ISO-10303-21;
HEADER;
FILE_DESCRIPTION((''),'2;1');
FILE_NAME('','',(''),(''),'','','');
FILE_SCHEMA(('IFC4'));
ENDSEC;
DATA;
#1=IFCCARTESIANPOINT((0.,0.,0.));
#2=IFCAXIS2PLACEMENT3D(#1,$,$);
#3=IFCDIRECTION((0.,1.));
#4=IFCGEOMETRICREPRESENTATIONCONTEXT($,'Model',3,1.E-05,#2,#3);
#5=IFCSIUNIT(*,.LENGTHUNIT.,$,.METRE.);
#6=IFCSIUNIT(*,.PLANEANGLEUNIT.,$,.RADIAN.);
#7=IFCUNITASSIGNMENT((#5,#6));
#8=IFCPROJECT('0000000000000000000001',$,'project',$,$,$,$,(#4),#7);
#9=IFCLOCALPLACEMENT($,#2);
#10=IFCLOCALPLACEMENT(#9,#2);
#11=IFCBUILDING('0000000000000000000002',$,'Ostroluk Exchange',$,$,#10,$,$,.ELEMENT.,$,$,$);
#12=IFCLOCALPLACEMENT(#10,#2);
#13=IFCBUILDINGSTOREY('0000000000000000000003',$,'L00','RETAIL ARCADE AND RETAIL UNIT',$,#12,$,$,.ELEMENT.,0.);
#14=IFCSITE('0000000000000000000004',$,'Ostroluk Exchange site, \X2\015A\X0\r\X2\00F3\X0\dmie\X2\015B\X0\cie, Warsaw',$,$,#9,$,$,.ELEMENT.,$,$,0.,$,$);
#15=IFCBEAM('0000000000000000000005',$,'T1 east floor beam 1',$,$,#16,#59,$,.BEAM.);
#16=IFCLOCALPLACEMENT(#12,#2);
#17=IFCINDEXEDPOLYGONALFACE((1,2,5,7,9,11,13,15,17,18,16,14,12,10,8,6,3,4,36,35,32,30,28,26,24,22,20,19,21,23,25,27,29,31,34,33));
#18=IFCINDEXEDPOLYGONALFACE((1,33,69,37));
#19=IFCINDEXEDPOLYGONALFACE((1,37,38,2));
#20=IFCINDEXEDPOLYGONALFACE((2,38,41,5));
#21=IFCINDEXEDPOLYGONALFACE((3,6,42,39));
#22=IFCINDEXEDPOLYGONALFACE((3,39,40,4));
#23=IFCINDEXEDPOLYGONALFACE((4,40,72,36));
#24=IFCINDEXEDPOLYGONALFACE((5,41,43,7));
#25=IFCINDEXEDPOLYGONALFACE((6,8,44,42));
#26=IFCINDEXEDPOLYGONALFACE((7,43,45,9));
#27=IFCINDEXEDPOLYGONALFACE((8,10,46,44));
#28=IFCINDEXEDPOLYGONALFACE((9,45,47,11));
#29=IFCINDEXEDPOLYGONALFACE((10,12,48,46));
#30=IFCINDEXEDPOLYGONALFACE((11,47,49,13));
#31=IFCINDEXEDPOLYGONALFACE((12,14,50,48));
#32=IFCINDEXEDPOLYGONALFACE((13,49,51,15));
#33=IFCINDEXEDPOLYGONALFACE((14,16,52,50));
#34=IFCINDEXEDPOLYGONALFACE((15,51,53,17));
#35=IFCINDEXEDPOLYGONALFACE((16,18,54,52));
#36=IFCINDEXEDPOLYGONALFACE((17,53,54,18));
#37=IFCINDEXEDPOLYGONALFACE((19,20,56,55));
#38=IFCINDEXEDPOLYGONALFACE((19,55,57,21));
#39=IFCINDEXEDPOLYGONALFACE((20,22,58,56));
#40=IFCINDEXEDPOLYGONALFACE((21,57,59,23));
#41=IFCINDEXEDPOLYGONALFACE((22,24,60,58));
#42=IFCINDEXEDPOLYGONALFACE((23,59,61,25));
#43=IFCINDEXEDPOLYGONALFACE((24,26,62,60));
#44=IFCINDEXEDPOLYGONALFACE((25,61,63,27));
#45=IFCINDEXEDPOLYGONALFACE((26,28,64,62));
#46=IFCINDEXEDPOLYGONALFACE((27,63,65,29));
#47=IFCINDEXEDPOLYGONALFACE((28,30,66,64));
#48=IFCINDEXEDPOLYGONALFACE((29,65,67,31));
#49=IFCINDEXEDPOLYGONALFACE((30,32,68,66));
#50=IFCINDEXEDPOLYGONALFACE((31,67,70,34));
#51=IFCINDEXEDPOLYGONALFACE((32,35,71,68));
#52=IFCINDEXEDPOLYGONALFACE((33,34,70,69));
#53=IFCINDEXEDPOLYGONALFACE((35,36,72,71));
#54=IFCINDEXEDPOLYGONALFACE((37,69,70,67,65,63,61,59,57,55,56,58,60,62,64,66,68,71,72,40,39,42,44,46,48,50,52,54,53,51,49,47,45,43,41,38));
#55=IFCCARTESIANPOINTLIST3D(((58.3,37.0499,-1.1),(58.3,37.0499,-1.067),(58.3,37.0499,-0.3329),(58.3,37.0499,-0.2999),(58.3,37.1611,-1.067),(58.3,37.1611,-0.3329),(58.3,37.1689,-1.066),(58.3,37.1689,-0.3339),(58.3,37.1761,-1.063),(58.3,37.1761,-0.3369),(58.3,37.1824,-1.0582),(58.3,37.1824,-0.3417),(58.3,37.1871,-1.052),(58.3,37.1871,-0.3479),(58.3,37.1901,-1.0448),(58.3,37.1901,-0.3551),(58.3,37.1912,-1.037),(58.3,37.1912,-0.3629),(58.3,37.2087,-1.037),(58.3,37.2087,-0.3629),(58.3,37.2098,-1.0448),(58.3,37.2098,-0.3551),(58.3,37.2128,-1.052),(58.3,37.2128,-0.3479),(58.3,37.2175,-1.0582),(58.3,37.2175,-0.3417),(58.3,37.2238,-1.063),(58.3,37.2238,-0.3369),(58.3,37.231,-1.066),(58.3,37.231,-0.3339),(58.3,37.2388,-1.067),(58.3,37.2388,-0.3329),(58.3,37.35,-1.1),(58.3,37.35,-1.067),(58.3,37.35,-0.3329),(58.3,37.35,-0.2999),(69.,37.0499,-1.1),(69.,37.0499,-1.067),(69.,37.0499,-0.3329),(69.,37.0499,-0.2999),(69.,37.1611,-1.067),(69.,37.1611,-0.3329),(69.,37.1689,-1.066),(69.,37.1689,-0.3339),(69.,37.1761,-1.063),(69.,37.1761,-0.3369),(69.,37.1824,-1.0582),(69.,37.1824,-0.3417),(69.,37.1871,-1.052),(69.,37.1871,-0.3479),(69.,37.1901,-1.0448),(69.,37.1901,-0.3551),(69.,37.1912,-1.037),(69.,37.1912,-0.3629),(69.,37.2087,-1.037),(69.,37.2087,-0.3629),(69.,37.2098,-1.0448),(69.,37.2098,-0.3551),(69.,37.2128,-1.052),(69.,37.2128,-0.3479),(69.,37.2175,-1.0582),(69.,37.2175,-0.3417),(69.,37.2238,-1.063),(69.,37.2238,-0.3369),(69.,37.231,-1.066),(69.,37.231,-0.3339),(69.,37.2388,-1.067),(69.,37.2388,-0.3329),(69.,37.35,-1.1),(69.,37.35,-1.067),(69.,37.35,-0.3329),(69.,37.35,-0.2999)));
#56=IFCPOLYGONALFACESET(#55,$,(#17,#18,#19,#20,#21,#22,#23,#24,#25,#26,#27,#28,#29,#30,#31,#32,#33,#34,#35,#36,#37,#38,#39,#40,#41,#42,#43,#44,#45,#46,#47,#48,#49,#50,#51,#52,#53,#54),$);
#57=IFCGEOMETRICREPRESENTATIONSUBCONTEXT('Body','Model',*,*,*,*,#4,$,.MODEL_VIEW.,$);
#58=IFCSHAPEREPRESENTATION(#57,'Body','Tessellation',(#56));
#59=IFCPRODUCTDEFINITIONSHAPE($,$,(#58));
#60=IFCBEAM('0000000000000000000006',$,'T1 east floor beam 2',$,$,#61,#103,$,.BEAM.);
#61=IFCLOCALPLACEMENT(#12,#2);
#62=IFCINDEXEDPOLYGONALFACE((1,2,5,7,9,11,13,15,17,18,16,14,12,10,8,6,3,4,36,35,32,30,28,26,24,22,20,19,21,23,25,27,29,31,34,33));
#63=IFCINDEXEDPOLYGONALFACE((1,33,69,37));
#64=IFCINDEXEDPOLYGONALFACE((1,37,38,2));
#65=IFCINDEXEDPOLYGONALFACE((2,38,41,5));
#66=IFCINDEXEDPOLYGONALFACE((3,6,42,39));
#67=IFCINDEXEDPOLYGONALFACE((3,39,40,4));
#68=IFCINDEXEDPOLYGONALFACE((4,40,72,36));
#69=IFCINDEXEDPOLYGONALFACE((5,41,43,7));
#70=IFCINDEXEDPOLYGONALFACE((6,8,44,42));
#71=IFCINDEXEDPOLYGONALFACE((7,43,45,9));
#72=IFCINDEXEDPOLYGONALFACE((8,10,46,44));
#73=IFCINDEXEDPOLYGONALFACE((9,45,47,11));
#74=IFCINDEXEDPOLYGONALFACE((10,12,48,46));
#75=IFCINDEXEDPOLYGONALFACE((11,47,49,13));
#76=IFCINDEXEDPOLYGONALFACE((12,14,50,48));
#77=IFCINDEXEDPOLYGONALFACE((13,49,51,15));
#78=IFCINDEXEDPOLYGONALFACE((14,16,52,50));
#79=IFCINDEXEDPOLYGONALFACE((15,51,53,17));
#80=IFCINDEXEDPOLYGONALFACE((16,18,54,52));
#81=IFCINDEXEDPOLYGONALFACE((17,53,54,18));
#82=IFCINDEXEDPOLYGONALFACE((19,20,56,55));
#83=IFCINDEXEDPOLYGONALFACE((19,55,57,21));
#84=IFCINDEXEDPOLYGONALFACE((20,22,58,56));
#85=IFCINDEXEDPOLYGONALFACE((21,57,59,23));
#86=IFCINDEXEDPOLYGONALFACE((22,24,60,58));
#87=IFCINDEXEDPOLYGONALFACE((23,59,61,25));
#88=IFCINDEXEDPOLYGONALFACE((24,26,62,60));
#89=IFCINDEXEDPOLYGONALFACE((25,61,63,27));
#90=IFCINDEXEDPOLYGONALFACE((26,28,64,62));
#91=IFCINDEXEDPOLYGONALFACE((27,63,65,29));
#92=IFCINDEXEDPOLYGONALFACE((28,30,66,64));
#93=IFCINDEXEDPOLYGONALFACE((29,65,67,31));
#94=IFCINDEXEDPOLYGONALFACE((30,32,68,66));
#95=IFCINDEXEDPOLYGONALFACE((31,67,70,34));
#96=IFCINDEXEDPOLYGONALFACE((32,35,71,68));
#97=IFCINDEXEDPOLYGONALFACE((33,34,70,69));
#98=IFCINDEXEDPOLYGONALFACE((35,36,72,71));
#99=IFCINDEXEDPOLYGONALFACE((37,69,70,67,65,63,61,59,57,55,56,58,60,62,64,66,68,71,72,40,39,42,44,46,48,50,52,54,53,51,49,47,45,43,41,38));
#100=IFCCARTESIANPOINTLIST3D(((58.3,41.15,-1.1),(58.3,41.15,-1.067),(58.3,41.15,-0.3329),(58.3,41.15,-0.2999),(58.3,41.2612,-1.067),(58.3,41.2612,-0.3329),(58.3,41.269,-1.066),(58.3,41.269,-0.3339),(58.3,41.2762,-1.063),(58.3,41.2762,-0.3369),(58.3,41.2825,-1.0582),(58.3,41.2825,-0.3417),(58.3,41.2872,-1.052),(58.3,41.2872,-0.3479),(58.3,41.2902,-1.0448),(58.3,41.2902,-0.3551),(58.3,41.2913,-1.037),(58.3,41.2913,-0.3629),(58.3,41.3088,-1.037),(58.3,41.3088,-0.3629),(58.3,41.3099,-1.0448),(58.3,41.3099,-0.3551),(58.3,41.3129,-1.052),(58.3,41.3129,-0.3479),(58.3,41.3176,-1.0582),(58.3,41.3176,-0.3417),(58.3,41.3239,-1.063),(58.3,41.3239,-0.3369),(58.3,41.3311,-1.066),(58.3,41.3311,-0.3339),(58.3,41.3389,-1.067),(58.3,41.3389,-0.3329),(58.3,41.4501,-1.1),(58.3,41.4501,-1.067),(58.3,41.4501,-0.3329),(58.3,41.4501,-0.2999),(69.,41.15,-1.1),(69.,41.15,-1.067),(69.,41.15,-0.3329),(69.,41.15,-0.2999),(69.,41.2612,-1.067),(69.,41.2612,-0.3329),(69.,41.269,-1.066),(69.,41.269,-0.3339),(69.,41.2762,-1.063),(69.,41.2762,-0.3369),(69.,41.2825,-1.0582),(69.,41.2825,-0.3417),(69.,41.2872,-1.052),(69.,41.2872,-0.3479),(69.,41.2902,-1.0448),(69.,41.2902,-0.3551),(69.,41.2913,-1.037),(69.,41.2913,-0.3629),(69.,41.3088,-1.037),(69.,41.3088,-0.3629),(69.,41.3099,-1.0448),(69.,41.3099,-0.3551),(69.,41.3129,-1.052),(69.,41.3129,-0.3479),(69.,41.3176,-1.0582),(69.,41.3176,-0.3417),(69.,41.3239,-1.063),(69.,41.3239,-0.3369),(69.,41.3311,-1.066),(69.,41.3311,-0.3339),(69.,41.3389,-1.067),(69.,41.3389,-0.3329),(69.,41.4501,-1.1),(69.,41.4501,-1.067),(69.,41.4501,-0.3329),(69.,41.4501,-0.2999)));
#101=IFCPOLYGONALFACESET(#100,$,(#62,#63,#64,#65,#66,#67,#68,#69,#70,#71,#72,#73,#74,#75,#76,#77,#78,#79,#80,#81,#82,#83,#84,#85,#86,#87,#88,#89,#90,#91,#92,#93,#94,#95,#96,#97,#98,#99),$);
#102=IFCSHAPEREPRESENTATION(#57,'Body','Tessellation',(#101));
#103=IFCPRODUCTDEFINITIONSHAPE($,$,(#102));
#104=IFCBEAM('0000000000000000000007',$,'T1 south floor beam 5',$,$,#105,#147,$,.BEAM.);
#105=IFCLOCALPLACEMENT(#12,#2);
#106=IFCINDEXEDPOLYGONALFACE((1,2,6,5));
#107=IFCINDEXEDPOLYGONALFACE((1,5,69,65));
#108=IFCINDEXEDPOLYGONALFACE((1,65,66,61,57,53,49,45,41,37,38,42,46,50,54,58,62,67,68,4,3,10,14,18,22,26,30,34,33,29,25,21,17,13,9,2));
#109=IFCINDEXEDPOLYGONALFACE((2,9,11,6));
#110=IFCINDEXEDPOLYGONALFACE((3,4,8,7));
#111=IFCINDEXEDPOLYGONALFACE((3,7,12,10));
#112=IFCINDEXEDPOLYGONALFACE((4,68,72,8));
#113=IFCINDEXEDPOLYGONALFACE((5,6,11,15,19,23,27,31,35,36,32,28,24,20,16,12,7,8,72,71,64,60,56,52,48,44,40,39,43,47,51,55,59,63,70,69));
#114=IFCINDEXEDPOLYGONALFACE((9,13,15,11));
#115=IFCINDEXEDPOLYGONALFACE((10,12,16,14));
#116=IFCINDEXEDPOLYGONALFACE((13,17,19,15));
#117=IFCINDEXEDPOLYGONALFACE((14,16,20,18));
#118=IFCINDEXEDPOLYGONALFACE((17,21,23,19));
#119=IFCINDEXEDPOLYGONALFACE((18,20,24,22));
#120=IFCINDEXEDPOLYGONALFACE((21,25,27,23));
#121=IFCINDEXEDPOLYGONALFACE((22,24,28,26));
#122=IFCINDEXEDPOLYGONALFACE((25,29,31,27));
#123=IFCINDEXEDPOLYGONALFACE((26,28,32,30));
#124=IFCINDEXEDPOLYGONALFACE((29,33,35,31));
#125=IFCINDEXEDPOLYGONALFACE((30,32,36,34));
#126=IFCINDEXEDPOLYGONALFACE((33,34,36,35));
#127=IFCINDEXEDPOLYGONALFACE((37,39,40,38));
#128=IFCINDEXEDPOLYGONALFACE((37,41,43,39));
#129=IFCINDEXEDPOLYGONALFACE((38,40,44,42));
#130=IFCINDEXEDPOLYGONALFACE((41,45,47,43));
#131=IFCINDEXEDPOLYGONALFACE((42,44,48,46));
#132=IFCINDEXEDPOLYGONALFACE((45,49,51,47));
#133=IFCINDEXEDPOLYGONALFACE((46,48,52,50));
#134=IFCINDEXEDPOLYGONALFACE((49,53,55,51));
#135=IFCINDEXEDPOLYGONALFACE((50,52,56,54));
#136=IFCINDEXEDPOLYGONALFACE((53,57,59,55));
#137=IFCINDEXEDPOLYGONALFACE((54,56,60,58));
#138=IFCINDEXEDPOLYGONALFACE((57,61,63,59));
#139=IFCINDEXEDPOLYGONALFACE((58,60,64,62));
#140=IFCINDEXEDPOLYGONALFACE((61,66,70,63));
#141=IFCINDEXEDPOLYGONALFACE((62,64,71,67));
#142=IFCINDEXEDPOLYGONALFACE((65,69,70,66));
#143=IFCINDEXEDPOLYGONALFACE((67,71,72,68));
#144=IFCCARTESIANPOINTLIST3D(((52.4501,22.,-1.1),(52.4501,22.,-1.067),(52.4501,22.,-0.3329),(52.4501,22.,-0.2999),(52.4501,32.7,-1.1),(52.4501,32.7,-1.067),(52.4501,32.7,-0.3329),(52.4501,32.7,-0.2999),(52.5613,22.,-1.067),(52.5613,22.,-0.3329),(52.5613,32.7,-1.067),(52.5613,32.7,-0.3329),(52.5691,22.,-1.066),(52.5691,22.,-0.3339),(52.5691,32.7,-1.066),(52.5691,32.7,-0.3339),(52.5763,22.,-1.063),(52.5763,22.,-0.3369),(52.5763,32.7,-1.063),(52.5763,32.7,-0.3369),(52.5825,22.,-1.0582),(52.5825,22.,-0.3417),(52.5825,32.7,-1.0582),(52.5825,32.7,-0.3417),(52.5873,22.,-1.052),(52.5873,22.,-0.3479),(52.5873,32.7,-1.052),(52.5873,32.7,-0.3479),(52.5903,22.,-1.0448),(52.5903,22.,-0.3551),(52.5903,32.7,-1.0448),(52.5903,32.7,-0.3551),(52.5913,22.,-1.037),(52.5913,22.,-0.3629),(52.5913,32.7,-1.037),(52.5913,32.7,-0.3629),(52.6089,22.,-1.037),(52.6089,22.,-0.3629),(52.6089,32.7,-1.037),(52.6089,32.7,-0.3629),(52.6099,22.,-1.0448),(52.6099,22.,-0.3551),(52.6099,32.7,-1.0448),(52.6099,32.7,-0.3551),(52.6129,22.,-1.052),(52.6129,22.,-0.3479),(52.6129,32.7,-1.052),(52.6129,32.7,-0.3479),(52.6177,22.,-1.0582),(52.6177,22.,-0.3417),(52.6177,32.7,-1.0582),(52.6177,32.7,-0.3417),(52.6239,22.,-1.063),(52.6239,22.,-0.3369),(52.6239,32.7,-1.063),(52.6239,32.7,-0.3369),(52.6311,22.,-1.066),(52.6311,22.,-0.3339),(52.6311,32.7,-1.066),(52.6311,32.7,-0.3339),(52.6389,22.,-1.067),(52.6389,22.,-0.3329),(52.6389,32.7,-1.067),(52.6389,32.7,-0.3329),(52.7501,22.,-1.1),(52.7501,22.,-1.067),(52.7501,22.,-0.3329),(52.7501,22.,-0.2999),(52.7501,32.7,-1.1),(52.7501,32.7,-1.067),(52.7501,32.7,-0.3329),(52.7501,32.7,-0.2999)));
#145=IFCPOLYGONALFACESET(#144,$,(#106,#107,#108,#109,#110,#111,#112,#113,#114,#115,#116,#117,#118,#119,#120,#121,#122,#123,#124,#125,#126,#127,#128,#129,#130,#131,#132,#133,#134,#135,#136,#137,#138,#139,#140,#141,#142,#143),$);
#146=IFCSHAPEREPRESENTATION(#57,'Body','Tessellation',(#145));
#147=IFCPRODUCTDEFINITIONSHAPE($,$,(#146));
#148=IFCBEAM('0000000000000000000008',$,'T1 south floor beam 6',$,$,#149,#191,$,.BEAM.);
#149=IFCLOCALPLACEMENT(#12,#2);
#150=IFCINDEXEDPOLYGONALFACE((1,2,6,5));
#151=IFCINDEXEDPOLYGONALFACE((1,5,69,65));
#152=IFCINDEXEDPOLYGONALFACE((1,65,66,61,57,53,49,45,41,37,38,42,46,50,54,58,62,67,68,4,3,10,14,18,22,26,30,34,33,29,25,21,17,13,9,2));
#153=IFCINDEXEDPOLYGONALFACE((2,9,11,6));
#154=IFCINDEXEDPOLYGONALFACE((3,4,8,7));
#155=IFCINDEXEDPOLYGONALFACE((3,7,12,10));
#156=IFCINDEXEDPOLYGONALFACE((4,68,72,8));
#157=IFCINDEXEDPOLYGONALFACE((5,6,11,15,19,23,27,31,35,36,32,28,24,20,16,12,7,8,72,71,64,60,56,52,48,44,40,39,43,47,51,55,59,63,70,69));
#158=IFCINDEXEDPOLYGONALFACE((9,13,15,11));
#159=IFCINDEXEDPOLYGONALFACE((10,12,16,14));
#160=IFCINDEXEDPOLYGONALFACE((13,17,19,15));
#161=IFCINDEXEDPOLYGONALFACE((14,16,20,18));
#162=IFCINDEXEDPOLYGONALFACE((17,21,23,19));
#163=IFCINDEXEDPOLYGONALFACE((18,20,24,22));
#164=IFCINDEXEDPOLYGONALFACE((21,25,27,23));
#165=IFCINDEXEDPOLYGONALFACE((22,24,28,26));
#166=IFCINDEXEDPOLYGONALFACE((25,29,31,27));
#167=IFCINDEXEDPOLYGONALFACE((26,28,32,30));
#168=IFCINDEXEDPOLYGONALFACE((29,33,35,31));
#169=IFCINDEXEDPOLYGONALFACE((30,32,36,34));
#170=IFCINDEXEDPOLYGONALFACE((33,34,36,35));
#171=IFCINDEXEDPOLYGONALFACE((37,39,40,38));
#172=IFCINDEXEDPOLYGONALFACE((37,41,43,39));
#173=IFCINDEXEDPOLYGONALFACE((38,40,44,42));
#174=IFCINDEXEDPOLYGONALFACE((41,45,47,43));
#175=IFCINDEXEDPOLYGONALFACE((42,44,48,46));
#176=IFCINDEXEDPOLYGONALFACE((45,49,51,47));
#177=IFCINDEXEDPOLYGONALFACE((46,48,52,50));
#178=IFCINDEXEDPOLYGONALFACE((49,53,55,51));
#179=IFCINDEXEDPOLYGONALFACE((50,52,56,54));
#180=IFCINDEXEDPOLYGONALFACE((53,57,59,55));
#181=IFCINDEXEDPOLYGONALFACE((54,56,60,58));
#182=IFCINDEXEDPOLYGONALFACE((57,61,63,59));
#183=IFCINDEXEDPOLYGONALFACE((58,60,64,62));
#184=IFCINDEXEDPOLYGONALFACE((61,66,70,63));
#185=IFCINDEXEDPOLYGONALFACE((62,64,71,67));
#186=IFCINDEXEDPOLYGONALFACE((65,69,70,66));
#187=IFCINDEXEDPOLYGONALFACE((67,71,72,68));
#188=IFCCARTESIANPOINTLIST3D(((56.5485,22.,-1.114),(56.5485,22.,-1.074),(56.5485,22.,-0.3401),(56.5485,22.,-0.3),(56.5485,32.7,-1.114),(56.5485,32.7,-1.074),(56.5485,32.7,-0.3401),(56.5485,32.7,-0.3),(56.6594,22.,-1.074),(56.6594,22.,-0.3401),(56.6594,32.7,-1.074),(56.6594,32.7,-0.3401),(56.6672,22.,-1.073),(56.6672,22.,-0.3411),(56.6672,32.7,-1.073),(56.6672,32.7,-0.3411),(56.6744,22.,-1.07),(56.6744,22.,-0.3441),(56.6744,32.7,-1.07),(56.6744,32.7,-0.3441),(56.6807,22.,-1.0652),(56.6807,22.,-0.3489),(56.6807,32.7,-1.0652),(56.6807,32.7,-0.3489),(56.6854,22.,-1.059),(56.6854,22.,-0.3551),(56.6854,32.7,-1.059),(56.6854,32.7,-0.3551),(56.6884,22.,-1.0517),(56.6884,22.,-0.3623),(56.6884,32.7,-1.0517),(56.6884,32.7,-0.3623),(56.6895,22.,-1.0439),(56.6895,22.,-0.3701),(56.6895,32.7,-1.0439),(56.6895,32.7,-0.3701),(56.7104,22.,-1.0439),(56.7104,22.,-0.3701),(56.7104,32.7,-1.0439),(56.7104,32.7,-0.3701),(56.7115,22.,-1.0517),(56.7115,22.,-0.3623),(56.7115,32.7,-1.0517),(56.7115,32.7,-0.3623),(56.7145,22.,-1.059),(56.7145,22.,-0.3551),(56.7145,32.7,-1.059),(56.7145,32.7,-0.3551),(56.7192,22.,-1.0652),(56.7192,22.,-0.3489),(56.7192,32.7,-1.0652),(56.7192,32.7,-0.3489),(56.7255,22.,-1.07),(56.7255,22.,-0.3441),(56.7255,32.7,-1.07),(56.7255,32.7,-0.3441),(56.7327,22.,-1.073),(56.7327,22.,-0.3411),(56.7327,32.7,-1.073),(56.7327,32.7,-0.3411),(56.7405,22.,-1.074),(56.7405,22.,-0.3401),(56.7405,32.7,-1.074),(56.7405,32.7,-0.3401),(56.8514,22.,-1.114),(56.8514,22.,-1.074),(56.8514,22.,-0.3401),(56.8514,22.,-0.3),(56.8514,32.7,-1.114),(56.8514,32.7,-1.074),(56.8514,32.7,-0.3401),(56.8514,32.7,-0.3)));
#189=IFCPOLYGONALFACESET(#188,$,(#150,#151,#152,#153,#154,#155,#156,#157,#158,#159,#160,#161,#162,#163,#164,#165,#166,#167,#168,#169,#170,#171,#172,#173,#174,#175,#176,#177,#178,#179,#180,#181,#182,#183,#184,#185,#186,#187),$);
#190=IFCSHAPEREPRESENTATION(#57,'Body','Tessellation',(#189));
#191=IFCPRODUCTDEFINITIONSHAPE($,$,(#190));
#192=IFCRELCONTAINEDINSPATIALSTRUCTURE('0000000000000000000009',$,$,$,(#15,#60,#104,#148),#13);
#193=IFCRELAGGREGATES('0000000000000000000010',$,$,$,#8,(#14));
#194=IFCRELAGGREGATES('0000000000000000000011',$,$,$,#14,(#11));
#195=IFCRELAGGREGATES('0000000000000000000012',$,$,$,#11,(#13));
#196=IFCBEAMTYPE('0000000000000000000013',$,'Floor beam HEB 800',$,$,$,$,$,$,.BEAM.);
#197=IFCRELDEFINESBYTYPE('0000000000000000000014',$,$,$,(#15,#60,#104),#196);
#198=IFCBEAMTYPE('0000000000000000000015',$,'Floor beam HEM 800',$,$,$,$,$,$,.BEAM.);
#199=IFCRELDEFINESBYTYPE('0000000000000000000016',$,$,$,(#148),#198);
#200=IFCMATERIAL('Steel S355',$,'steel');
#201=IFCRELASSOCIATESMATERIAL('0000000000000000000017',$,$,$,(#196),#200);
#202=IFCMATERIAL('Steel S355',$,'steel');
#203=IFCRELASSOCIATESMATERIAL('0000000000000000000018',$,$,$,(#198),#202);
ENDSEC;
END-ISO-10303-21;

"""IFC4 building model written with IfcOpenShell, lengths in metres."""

from ifc_helpers import new_model, si_unit, direction, frame, origin, origin_2d, place, context, subcontext, project, spatial, i_section, extrude, material, material_profile, profile_set, type_object, element, save


model = new_model("IFC4")

# Units and contexts
model_context = context("Model", 3, precision=1e-05, world=origin(), true_north=direction((0.0, 1.0)))
body_context = subcontext(model_context, "Body", "Model", "MODEL_VIEW")
ifc_project = project(units=[si_unit("LENGTHUNIT", "METRE"), si_unit("PLANEANGLEUNIT", "RADIAN")], contexts=[model_context])

# Site, building, storey
site_placement = place(None, origin())
site = spatial("IfcSite", under=ifc_project, at=site_placement, Name="Ostroluk Exchange site, Śródmieście, Warsaw", CompositionType="ELEMENT", RefElevation=0.0)
building_placement = place(site_placement, origin())
building = spatial("IfcBuilding", under=site, at=building_placement, Name="Ostroluk Exchange", CompositionType="ELEMENT")
storey_placement = place(building_placement, origin())
storey = spatial("IfcBuildingStorey", under=building, at=storey_placement, Name="L00", Description="RETAIL ARCADE AND RETAIL UNIT", CompositionType="ELEMENT", Elevation=0.0)

# Beams
ifc_material_1 = material(Name="Steel S355", Category="steel")
ifc_material_profile_1 = material_profile(ifc_material_1, i_section(OverallWidth=0.3, OverallDepth=0.8, WebThickness=0.0176, FlangeThickness=0.033, FilletRadius=0.03, at=origin_2d()), Name="HEB 800")
ifc_profile_set_1 = profile_set([ifc_material_profile_1], Name="Steel S355")
beam_type_1 = type_object("IfcBeamType", Name="Floor beam HEB 800", PredefinedType="BEAM", material=ifc_profile_set_1)
for number, where, z_axis, x_axis, name in (
    (1, (58.3, 37.2, -0.7), (1.0, 0.0, 0.0), (0.0, 1.0, 0.0), "T1 east floor beam 1"),
    (2, (58.3, 41.3, -0.7), (1.0, 0.0, 0.0), (0.0, 1.0, 0.0), "T1 east floor beam 2"),
    (3, (52.6001, 32.7, -0.7), (0.0, -1.0, 0.0), (1.0, 0.0, 0.0), "T1 south floor beam 5"),
):
    element("IfcBeam", number, at=place(storey_placement, frame(where, z_axis=z_axis, x_axis=x_axis)), inside=storey, type_object=beam_type_1, Name=name, PredefinedType="BEAM", context=body_context, shape_type="SweptSolid", body=[
        extrude(i_section(OverallWidth=0.3, OverallDepth=0.8, WebThickness=0.0176, FlangeThickness=0.033, FilletRadius=0.03, at=origin_2d()), origin(), (0.0, 0.0, 1.0), 10.7),
    ])
ifc_material_2 = material(Name="Steel S355", Category="steel")
ifc_material_profile_2 = material_profile(ifc_material_2, i_section(OverallWidth=0.303, OverallDepth=0.814, WebThickness=0.021, FlangeThickness=0.04, FilletRadius=0.03, at=origin_2d()), Name="HEM 800")
ifc_profile_set_2 = profile_set([ifc_material_profile_2], Name="Steel S355")
beam_type_2 = type_object("IfcBeamType", Name="Floor beam HEM 800", PredefinedType="BEAM", material=ifc_profile_set_2)
beam_1_placement = place(storey_placement, frame((56.7, 32.7, -0.707), z_axis=(0.0, -1.0, 0.0), x_axis=(1.0, 0.0, 0.0)))
element("IfcBeam", 4, at=beam_1_placement, inside=storey, type_object=beam_type_2, Name="T1 south floor beam 6", PredefinedType="BEAM", context=body_context, shape_type="SweptSolid", body=[
    extrude(i_section(OverallWidth=0.303, OverallDepth=0.814, WebThickness=0.021, FlangeThickness=0.04, FilletRadius=0.03, at=origin_2d()), origin(), (0.0, 0.0, 1.0), 10.7),
])

save(model, "model.ifc")
